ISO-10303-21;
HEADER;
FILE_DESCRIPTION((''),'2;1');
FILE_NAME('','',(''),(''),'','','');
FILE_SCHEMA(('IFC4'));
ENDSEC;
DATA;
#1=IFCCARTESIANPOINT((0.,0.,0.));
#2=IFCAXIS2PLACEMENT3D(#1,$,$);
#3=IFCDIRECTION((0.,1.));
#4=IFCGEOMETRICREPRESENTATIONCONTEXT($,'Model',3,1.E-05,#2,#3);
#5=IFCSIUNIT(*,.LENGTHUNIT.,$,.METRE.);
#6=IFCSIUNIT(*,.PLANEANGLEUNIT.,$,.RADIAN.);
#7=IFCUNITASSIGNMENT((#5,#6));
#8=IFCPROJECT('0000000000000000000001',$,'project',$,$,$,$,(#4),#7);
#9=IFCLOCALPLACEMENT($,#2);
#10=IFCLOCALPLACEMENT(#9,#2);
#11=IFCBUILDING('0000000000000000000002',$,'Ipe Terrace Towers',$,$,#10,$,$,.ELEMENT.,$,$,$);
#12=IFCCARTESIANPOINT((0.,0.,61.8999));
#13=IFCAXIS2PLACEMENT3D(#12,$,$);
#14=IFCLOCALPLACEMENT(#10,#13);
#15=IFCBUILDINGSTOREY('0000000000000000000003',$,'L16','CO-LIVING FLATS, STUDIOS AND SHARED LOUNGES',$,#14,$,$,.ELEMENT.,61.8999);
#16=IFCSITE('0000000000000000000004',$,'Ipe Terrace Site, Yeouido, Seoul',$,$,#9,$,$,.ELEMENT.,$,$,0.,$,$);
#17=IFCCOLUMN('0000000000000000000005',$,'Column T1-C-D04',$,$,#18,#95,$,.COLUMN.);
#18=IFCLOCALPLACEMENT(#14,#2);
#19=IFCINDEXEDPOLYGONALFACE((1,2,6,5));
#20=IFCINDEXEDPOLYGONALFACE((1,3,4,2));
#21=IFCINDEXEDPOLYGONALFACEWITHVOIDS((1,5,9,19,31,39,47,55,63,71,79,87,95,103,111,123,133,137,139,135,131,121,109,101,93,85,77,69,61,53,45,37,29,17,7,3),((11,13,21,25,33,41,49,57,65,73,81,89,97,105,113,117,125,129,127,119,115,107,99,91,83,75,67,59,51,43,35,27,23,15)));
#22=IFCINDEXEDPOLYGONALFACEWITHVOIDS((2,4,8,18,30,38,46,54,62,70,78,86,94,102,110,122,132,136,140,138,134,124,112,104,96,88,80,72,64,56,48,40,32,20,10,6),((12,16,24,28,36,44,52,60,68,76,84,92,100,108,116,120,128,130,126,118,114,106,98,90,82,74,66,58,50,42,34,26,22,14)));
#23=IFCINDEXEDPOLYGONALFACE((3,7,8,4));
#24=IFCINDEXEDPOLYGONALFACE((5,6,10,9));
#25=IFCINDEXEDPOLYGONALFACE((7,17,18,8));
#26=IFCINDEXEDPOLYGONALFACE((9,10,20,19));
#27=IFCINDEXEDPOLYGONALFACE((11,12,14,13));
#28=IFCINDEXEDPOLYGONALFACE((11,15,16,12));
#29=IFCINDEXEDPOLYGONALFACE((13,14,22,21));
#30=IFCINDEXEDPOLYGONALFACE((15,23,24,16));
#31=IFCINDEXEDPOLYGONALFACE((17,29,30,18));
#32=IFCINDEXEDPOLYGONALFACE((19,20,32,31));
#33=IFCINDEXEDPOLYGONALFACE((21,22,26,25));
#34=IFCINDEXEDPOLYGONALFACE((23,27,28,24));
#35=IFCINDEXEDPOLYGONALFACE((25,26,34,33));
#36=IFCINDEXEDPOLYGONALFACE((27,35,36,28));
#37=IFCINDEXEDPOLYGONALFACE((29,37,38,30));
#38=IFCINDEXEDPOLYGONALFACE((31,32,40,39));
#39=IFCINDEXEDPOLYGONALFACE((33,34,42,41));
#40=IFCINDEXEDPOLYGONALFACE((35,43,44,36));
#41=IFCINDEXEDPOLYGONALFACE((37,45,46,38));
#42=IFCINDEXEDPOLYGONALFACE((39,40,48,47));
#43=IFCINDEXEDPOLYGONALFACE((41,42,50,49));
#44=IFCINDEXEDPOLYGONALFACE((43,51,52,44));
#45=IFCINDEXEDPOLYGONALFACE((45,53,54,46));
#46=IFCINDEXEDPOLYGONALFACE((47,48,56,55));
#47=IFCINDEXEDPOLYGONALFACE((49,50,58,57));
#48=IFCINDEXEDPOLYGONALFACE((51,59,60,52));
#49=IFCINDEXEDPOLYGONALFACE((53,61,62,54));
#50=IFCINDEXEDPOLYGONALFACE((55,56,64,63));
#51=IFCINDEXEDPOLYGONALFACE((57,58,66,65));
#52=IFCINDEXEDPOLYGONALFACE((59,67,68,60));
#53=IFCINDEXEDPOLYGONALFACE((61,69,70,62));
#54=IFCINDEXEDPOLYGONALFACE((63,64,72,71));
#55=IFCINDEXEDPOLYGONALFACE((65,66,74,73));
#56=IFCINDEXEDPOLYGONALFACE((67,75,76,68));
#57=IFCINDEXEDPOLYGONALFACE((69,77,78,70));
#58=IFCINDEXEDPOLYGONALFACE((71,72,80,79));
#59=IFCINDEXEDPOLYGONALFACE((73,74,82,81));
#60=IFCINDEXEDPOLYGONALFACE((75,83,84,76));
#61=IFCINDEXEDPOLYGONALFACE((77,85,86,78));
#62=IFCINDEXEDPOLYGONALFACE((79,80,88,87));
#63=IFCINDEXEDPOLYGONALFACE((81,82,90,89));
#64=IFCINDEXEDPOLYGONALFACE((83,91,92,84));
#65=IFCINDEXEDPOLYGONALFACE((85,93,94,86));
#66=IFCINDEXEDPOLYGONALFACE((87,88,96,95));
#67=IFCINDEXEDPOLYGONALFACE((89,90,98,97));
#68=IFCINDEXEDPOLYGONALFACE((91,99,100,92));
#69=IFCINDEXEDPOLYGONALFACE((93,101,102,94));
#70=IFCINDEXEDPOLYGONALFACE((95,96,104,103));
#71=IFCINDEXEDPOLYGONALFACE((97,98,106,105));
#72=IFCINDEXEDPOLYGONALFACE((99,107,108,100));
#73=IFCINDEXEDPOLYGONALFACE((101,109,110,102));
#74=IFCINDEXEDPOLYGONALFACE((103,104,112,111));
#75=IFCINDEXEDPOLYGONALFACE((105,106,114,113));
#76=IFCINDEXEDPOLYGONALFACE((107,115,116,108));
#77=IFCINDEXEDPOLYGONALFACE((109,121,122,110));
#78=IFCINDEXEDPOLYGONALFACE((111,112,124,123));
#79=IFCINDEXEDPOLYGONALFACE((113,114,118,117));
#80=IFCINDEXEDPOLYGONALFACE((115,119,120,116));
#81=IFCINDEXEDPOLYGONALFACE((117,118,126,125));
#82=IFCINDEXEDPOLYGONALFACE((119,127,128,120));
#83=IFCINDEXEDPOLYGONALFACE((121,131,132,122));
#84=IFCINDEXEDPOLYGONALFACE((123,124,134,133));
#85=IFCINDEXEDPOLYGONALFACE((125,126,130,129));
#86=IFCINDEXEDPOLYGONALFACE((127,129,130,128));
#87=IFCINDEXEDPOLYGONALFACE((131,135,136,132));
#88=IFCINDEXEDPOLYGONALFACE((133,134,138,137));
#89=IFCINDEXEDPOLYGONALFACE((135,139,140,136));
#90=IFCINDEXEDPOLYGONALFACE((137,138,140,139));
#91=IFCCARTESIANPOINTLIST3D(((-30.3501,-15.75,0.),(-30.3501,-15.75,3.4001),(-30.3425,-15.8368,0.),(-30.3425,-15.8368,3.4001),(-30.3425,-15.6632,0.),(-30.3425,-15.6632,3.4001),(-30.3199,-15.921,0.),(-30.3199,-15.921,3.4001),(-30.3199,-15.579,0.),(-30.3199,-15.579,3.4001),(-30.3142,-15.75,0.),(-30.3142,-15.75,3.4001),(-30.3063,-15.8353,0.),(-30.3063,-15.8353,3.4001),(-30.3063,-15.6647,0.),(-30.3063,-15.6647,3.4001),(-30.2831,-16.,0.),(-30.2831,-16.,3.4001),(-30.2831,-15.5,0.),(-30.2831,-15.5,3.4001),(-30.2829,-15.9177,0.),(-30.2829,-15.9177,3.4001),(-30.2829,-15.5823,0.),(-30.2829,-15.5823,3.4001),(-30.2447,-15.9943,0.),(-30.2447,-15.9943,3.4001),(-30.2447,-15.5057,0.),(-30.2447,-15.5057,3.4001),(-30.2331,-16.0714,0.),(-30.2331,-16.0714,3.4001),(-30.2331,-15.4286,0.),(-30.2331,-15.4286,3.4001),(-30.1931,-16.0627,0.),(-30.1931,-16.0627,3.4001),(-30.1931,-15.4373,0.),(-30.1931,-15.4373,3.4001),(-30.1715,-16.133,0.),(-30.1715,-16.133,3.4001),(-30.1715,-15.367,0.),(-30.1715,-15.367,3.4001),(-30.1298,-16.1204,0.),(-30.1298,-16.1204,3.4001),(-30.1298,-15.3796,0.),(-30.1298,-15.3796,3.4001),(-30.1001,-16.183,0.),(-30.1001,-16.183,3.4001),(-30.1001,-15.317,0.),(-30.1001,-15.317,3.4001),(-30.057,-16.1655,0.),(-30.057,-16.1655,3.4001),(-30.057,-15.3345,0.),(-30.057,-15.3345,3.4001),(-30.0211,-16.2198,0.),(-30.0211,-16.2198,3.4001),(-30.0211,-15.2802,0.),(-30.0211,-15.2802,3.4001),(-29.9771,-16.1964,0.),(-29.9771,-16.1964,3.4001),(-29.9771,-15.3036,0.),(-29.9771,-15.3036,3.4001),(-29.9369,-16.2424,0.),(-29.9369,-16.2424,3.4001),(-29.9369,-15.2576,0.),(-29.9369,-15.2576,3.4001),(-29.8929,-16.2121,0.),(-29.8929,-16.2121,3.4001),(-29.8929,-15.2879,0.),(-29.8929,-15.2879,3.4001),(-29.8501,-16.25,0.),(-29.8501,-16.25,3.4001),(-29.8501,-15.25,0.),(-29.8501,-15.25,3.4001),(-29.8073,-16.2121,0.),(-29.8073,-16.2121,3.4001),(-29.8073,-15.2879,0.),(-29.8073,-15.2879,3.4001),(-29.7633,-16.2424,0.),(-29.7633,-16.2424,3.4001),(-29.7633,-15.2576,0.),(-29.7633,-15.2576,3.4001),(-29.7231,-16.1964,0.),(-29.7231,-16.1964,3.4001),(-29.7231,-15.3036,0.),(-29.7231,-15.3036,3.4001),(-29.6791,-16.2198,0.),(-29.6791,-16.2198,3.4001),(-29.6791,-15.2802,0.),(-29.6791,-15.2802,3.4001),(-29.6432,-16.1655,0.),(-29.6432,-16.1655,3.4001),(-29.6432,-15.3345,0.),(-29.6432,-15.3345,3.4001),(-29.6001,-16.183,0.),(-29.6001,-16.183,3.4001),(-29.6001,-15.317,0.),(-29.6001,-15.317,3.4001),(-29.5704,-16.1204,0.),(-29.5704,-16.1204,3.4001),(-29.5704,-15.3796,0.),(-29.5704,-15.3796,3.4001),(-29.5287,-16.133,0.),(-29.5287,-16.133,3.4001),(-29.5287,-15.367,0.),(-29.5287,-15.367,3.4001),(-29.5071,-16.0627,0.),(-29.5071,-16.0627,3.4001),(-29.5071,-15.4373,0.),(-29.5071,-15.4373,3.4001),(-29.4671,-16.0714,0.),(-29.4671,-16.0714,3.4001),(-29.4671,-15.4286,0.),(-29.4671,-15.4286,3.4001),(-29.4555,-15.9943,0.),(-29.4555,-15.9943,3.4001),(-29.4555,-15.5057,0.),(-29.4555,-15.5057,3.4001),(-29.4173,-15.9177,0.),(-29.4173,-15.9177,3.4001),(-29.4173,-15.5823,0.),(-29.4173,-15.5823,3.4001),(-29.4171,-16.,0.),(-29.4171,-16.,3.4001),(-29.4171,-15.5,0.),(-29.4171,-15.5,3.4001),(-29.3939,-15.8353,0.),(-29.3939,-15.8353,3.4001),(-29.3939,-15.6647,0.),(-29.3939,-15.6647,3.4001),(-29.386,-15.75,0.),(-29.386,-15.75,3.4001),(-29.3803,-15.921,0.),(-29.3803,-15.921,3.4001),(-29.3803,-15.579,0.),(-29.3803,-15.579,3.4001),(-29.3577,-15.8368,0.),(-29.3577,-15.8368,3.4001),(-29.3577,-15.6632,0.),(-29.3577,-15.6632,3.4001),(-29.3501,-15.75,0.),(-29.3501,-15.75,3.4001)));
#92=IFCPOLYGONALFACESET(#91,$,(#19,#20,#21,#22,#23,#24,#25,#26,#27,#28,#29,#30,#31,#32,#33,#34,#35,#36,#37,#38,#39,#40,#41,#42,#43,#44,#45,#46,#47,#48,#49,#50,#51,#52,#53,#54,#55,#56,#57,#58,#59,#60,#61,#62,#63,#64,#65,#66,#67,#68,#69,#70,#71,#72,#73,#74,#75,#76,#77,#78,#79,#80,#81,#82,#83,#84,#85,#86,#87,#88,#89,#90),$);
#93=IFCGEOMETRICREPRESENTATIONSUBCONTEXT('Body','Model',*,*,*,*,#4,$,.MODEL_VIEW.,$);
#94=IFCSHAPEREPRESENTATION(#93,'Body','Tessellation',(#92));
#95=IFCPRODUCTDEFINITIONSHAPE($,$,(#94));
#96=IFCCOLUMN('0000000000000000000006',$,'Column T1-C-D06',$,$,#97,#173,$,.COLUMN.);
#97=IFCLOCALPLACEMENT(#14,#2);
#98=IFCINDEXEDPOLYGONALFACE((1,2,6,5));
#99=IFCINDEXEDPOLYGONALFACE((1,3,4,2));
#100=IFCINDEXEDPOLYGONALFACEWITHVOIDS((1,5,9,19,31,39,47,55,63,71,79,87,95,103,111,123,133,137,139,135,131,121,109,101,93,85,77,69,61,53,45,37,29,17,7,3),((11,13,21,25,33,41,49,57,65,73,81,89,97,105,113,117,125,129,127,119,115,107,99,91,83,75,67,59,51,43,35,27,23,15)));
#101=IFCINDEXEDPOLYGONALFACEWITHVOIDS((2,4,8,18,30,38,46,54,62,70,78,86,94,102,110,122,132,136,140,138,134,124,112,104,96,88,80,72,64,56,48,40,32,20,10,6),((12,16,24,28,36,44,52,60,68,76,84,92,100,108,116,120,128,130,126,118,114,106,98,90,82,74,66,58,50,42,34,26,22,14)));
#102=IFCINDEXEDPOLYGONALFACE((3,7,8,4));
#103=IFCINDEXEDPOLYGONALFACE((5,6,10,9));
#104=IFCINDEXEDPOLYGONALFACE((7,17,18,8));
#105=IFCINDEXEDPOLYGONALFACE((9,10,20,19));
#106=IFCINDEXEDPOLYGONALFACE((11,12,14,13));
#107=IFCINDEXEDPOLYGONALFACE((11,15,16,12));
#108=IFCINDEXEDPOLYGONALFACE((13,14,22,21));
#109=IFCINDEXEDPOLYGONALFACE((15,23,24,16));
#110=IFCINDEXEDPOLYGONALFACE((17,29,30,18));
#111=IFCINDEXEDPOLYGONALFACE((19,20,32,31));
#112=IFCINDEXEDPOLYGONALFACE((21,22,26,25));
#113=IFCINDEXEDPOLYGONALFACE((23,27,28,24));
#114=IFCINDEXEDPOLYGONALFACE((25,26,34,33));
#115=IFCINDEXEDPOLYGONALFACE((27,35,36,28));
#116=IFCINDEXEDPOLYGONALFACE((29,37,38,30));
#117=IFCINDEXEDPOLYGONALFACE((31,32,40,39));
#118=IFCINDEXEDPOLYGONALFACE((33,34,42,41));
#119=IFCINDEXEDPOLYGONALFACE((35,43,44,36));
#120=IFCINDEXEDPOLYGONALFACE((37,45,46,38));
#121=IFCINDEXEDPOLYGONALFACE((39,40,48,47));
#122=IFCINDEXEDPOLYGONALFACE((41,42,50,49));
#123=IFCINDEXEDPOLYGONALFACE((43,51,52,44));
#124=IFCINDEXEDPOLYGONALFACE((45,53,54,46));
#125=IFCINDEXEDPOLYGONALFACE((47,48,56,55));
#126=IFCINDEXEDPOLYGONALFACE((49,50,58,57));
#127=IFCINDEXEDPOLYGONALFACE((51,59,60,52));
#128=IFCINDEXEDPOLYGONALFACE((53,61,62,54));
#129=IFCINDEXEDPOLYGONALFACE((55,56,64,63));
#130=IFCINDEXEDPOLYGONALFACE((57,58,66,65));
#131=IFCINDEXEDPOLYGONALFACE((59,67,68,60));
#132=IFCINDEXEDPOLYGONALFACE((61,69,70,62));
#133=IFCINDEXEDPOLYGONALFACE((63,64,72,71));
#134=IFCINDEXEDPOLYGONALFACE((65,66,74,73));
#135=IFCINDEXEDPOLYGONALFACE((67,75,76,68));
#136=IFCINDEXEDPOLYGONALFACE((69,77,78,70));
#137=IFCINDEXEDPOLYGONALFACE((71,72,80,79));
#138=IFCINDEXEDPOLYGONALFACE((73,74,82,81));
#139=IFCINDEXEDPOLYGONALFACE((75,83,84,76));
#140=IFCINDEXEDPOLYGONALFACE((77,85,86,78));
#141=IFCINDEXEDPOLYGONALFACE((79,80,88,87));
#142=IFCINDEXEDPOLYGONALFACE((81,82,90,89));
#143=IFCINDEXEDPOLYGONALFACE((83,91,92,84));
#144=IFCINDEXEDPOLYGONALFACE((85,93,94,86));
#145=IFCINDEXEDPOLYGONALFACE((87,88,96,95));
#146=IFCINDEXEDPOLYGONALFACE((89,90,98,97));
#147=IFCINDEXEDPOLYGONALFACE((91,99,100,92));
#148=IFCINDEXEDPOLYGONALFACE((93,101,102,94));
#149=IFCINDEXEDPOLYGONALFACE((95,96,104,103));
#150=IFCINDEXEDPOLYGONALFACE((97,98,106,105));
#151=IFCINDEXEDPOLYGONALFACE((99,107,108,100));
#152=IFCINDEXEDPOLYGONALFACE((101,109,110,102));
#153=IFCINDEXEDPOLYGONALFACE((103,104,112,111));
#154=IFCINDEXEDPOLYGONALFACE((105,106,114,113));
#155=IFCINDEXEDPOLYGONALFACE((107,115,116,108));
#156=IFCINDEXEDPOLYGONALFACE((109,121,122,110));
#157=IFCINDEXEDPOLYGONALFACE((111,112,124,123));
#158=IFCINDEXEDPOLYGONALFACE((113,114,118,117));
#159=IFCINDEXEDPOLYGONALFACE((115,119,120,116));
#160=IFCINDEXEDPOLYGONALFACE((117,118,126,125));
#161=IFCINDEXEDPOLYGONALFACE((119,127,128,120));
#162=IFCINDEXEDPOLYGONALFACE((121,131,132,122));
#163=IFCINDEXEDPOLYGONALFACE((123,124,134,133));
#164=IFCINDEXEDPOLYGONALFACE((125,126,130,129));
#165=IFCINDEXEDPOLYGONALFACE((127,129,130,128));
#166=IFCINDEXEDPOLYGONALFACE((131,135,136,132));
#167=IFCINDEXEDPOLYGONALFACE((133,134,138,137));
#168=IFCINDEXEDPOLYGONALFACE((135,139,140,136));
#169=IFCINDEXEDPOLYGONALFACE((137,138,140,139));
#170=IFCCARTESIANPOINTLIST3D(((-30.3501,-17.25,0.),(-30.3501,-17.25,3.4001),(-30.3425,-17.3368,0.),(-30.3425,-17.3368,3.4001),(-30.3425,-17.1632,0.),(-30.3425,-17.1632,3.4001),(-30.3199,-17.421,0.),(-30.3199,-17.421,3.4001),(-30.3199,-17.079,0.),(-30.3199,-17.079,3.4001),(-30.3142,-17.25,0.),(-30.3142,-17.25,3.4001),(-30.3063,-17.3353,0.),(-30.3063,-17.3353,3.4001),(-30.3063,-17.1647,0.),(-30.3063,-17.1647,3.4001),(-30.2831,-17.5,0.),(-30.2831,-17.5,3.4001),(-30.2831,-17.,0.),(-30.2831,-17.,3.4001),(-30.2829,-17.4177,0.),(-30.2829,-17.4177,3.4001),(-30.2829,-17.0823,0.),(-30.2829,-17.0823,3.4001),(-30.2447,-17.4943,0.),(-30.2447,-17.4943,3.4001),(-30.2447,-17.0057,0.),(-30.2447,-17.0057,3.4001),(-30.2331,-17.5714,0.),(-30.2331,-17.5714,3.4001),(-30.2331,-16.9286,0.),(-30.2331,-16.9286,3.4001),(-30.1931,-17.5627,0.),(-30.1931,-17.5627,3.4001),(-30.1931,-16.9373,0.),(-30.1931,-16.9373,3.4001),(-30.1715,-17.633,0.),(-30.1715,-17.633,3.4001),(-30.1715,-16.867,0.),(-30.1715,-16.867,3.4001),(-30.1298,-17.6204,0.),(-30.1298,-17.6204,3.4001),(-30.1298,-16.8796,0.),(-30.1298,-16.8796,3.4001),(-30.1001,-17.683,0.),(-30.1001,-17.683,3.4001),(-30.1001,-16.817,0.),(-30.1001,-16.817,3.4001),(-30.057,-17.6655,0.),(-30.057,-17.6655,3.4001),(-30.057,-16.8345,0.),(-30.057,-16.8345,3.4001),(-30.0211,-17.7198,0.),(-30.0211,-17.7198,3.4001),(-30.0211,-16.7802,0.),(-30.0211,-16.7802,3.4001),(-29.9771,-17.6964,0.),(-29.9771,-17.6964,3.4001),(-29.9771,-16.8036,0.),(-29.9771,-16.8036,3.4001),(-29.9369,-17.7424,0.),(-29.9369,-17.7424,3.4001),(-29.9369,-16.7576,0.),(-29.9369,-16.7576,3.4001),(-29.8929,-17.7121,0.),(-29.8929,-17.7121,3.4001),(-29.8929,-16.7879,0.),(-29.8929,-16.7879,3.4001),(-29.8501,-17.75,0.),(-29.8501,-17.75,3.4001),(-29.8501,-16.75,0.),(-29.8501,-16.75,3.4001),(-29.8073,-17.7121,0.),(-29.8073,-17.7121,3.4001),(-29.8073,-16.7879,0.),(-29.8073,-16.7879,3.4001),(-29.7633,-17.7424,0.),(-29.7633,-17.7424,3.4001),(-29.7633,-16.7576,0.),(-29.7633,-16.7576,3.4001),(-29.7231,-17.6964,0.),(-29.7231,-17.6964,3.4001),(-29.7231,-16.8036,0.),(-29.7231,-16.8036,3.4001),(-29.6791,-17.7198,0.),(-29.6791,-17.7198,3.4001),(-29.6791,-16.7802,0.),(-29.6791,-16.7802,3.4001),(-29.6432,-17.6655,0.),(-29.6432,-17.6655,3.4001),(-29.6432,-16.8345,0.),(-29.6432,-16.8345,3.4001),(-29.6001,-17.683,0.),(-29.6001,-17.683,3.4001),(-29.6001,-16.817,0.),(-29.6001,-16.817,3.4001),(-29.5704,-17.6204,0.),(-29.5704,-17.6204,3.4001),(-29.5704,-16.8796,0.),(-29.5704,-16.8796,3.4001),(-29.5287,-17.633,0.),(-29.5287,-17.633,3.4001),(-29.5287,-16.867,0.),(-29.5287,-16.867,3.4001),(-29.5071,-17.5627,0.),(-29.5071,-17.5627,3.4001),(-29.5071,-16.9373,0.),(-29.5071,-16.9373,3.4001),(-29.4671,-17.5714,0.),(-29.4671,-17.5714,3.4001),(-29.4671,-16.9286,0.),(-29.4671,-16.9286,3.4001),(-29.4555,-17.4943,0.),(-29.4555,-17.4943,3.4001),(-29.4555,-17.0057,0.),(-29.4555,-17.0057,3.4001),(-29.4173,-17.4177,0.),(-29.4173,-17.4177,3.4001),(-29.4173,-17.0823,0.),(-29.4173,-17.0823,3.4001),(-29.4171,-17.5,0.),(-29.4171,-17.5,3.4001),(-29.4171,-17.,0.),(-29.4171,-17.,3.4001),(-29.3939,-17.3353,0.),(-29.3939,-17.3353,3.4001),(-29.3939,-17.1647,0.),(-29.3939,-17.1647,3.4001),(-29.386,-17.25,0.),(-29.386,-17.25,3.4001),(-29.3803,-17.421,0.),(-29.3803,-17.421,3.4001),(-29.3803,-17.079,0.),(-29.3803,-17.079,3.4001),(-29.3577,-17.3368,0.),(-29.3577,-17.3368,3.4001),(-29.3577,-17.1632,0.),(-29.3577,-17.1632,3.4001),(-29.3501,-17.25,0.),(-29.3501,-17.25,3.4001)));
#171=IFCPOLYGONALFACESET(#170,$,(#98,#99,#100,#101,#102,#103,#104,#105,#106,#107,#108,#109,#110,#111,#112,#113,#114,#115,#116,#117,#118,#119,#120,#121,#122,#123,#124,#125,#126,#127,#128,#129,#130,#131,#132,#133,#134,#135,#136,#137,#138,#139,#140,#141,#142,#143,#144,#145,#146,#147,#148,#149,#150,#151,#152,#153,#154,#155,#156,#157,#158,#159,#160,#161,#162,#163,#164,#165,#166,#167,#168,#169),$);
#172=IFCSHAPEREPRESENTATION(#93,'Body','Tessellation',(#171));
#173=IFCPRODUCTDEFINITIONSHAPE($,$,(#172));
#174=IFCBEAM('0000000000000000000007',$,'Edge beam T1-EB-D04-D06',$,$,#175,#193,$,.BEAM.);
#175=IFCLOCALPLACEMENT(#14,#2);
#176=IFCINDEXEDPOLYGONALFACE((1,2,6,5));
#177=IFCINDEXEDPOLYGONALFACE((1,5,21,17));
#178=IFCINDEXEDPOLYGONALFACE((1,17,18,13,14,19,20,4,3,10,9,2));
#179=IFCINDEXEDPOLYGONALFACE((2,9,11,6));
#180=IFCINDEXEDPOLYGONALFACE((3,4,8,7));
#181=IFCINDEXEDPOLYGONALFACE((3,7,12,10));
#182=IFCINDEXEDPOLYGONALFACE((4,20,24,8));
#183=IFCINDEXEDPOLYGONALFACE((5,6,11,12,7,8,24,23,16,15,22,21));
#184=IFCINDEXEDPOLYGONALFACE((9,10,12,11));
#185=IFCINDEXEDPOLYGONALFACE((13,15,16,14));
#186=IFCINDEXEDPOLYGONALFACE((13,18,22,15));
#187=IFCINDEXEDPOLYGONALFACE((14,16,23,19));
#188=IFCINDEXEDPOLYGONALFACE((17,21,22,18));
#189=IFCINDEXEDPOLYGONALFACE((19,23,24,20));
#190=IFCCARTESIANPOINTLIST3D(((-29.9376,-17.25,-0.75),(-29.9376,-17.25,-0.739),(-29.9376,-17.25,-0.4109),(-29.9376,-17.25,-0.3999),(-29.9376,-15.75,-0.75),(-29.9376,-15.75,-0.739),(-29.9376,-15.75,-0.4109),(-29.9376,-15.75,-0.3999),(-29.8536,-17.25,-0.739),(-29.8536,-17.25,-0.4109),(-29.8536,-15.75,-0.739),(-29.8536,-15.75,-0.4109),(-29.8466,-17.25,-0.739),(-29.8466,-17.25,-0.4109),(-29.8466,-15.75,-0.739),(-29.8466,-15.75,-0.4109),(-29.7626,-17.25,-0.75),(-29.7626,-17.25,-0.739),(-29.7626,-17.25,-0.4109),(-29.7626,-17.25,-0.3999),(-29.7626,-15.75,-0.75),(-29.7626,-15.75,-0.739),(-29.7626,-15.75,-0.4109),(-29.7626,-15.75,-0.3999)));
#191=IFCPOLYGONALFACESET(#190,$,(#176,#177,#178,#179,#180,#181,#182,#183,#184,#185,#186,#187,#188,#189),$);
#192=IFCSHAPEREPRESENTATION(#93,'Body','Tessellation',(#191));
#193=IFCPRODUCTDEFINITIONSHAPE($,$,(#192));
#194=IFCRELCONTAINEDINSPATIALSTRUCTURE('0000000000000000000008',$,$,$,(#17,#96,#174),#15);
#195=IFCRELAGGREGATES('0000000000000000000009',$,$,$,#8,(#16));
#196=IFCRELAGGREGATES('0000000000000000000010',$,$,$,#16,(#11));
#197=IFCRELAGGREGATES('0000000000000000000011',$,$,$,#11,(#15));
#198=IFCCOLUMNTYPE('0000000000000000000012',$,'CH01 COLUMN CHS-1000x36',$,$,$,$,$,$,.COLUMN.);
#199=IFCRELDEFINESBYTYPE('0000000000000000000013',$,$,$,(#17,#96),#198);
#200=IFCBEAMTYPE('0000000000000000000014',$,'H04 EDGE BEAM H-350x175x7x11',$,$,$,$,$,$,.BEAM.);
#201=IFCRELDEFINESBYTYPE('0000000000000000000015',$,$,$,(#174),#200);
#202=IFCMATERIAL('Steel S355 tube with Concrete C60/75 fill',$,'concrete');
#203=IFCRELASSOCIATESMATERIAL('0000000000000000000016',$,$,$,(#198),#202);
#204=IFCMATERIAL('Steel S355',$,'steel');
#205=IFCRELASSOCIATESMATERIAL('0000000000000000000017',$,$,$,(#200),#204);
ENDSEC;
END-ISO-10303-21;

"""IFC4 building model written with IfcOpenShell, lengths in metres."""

from ifc_helpers import new_model, si_unit, direction, frame, origin, origin_2d, place, context, subcontext, project, spatial, hollow_circle, i_section, extrude, material, material_profile, profile_set, type_object, element, save


model = new_model("IFC4")

# Units and contexts
model_context = context("Model", 3, precision=1e-05, world=origin(), true_north=direction((0.0, 1.0)))
body_context = subcontext(model_context, "Body", "Model", "MODEL_VIEW")
ifc_project = project(units=[si_unit("LENGTHUNIT", "METRE"), si_unit("PLANEANGLEUNIT", "RADIAN")], contexts=[model_context])

# Site, building, storey
site_placement = place(None, origin())
site = spatial("IfcSite", under=ifc_project, at=site_placement, Name="Ipe Terrace Site, Yeouido, Seoul", CompositionType="ELEMENT", RefElevation=0.0)
building_placement = place(site_placement, origin())
building = spatial("IfcBuilding", under=site, at=building_placement, Name="Ipe Terrace Towers", CompositionType="ELEMENT")
storey_placement = place(building_placement, frame((0.0, 0.0, 61.8999)))
storey = spatial("IfcBuildingStorey", under=building, at=storey_placement, Name="L16", Description="CO-LIVING FLATS, STUDIOS AND SHARED LOUNGES", CompositionType="ELEMENT", Elevation=61.8999)

# Columns
ifc_material_1 = material(Name="Steel S355 tube with Concrete C60/75 fill", Category="concrete")
ifc_material_profile_1 = material_profile(ifc_material_1, hollow_circle(Radius=0.5, WallThickness=0.0359, at=origin_2d()), Name="CHS-1000x36")
ifc_profile_set_1 = profile_set([ifc_material_profile_1], Name="Steel S355 tube with Concrete C60/75 fill")
column_type = type_object("IfcColumnType", Name="CH01 COLUMN CHS-1000x36", PredefinedType="COLUMN", material=ifc_profile_set_1)
for number, where, z_axis, x_axis, name in (
    (1, (-29.8501, -15.75, 0.0), (0.0, 0.0, 1.0), (1.0, 0.0, 0.0), "Column T1-C-D04"),
    (2, (-29.8501, -17.25, 0.0), (0.0, 0.0, 1.0), (1.0, 0.0, 0.0), "Column T1-C-D06"),
):
    element("IfcColumn", number, at=place(storey_placement, frame(where, z_axis=z_axis, x_axis=x_axis)), inside=storey, type_object=column_type, Name=name, PredefinedType="COLUMN", context=body_context, shape_type="SweptSolid", body=[
        extrude(hollow_circle(Radius=0.5, WallThickness=0.0359, at=origin_2d()), origin(), (0.0, 0.0, 1.0), 3.4001),
    ])

# Beam
ifc_material_2 = material(Name="Steel S355", Category="steel")
ifc_material_profile_2 = material_profile(ifc_material_2, i_section(OverallWidth=0.175, OverallDepth=0.3501, WebThickness=0.0071, FlangeThickness=0.011, at=origin_2d()), Name="H-350x175x7x11")
ifc_profile_set_2 = profile_set([ifc_material_profile_2], Name="Steel S355")
beam_type = type_object("IfcBeamType", Name="H04 EDGE BEAM H-350x175x7x11", PredefinedType="BEAM", material=ifc_profile_set_2)
beam_placement = place(storey_placement, frame((-29.8501, -15.75, -0.575), z_axis=(0.0, -1.0, 0.0), x_axis=(1.0, 0.0, 0.0)))
element("IfcBeam", 3, at=beam_placement, inside=storey, type_object=beam_type, Name="Edge beam T1-EB-D04-D06", PredefinedType="BEAM", context=body_context, shape_type="SweptSolid", body=[
    extrude(i_section(OverallWidth=0.175, OverallDepth=0.3501, WebThickness=0.0071, FlangeThickness=0.011, at=origin_2d()), origin(), (0.0, 0.0, 1.0), 1.5),
])

save(model, "model.ifc")
